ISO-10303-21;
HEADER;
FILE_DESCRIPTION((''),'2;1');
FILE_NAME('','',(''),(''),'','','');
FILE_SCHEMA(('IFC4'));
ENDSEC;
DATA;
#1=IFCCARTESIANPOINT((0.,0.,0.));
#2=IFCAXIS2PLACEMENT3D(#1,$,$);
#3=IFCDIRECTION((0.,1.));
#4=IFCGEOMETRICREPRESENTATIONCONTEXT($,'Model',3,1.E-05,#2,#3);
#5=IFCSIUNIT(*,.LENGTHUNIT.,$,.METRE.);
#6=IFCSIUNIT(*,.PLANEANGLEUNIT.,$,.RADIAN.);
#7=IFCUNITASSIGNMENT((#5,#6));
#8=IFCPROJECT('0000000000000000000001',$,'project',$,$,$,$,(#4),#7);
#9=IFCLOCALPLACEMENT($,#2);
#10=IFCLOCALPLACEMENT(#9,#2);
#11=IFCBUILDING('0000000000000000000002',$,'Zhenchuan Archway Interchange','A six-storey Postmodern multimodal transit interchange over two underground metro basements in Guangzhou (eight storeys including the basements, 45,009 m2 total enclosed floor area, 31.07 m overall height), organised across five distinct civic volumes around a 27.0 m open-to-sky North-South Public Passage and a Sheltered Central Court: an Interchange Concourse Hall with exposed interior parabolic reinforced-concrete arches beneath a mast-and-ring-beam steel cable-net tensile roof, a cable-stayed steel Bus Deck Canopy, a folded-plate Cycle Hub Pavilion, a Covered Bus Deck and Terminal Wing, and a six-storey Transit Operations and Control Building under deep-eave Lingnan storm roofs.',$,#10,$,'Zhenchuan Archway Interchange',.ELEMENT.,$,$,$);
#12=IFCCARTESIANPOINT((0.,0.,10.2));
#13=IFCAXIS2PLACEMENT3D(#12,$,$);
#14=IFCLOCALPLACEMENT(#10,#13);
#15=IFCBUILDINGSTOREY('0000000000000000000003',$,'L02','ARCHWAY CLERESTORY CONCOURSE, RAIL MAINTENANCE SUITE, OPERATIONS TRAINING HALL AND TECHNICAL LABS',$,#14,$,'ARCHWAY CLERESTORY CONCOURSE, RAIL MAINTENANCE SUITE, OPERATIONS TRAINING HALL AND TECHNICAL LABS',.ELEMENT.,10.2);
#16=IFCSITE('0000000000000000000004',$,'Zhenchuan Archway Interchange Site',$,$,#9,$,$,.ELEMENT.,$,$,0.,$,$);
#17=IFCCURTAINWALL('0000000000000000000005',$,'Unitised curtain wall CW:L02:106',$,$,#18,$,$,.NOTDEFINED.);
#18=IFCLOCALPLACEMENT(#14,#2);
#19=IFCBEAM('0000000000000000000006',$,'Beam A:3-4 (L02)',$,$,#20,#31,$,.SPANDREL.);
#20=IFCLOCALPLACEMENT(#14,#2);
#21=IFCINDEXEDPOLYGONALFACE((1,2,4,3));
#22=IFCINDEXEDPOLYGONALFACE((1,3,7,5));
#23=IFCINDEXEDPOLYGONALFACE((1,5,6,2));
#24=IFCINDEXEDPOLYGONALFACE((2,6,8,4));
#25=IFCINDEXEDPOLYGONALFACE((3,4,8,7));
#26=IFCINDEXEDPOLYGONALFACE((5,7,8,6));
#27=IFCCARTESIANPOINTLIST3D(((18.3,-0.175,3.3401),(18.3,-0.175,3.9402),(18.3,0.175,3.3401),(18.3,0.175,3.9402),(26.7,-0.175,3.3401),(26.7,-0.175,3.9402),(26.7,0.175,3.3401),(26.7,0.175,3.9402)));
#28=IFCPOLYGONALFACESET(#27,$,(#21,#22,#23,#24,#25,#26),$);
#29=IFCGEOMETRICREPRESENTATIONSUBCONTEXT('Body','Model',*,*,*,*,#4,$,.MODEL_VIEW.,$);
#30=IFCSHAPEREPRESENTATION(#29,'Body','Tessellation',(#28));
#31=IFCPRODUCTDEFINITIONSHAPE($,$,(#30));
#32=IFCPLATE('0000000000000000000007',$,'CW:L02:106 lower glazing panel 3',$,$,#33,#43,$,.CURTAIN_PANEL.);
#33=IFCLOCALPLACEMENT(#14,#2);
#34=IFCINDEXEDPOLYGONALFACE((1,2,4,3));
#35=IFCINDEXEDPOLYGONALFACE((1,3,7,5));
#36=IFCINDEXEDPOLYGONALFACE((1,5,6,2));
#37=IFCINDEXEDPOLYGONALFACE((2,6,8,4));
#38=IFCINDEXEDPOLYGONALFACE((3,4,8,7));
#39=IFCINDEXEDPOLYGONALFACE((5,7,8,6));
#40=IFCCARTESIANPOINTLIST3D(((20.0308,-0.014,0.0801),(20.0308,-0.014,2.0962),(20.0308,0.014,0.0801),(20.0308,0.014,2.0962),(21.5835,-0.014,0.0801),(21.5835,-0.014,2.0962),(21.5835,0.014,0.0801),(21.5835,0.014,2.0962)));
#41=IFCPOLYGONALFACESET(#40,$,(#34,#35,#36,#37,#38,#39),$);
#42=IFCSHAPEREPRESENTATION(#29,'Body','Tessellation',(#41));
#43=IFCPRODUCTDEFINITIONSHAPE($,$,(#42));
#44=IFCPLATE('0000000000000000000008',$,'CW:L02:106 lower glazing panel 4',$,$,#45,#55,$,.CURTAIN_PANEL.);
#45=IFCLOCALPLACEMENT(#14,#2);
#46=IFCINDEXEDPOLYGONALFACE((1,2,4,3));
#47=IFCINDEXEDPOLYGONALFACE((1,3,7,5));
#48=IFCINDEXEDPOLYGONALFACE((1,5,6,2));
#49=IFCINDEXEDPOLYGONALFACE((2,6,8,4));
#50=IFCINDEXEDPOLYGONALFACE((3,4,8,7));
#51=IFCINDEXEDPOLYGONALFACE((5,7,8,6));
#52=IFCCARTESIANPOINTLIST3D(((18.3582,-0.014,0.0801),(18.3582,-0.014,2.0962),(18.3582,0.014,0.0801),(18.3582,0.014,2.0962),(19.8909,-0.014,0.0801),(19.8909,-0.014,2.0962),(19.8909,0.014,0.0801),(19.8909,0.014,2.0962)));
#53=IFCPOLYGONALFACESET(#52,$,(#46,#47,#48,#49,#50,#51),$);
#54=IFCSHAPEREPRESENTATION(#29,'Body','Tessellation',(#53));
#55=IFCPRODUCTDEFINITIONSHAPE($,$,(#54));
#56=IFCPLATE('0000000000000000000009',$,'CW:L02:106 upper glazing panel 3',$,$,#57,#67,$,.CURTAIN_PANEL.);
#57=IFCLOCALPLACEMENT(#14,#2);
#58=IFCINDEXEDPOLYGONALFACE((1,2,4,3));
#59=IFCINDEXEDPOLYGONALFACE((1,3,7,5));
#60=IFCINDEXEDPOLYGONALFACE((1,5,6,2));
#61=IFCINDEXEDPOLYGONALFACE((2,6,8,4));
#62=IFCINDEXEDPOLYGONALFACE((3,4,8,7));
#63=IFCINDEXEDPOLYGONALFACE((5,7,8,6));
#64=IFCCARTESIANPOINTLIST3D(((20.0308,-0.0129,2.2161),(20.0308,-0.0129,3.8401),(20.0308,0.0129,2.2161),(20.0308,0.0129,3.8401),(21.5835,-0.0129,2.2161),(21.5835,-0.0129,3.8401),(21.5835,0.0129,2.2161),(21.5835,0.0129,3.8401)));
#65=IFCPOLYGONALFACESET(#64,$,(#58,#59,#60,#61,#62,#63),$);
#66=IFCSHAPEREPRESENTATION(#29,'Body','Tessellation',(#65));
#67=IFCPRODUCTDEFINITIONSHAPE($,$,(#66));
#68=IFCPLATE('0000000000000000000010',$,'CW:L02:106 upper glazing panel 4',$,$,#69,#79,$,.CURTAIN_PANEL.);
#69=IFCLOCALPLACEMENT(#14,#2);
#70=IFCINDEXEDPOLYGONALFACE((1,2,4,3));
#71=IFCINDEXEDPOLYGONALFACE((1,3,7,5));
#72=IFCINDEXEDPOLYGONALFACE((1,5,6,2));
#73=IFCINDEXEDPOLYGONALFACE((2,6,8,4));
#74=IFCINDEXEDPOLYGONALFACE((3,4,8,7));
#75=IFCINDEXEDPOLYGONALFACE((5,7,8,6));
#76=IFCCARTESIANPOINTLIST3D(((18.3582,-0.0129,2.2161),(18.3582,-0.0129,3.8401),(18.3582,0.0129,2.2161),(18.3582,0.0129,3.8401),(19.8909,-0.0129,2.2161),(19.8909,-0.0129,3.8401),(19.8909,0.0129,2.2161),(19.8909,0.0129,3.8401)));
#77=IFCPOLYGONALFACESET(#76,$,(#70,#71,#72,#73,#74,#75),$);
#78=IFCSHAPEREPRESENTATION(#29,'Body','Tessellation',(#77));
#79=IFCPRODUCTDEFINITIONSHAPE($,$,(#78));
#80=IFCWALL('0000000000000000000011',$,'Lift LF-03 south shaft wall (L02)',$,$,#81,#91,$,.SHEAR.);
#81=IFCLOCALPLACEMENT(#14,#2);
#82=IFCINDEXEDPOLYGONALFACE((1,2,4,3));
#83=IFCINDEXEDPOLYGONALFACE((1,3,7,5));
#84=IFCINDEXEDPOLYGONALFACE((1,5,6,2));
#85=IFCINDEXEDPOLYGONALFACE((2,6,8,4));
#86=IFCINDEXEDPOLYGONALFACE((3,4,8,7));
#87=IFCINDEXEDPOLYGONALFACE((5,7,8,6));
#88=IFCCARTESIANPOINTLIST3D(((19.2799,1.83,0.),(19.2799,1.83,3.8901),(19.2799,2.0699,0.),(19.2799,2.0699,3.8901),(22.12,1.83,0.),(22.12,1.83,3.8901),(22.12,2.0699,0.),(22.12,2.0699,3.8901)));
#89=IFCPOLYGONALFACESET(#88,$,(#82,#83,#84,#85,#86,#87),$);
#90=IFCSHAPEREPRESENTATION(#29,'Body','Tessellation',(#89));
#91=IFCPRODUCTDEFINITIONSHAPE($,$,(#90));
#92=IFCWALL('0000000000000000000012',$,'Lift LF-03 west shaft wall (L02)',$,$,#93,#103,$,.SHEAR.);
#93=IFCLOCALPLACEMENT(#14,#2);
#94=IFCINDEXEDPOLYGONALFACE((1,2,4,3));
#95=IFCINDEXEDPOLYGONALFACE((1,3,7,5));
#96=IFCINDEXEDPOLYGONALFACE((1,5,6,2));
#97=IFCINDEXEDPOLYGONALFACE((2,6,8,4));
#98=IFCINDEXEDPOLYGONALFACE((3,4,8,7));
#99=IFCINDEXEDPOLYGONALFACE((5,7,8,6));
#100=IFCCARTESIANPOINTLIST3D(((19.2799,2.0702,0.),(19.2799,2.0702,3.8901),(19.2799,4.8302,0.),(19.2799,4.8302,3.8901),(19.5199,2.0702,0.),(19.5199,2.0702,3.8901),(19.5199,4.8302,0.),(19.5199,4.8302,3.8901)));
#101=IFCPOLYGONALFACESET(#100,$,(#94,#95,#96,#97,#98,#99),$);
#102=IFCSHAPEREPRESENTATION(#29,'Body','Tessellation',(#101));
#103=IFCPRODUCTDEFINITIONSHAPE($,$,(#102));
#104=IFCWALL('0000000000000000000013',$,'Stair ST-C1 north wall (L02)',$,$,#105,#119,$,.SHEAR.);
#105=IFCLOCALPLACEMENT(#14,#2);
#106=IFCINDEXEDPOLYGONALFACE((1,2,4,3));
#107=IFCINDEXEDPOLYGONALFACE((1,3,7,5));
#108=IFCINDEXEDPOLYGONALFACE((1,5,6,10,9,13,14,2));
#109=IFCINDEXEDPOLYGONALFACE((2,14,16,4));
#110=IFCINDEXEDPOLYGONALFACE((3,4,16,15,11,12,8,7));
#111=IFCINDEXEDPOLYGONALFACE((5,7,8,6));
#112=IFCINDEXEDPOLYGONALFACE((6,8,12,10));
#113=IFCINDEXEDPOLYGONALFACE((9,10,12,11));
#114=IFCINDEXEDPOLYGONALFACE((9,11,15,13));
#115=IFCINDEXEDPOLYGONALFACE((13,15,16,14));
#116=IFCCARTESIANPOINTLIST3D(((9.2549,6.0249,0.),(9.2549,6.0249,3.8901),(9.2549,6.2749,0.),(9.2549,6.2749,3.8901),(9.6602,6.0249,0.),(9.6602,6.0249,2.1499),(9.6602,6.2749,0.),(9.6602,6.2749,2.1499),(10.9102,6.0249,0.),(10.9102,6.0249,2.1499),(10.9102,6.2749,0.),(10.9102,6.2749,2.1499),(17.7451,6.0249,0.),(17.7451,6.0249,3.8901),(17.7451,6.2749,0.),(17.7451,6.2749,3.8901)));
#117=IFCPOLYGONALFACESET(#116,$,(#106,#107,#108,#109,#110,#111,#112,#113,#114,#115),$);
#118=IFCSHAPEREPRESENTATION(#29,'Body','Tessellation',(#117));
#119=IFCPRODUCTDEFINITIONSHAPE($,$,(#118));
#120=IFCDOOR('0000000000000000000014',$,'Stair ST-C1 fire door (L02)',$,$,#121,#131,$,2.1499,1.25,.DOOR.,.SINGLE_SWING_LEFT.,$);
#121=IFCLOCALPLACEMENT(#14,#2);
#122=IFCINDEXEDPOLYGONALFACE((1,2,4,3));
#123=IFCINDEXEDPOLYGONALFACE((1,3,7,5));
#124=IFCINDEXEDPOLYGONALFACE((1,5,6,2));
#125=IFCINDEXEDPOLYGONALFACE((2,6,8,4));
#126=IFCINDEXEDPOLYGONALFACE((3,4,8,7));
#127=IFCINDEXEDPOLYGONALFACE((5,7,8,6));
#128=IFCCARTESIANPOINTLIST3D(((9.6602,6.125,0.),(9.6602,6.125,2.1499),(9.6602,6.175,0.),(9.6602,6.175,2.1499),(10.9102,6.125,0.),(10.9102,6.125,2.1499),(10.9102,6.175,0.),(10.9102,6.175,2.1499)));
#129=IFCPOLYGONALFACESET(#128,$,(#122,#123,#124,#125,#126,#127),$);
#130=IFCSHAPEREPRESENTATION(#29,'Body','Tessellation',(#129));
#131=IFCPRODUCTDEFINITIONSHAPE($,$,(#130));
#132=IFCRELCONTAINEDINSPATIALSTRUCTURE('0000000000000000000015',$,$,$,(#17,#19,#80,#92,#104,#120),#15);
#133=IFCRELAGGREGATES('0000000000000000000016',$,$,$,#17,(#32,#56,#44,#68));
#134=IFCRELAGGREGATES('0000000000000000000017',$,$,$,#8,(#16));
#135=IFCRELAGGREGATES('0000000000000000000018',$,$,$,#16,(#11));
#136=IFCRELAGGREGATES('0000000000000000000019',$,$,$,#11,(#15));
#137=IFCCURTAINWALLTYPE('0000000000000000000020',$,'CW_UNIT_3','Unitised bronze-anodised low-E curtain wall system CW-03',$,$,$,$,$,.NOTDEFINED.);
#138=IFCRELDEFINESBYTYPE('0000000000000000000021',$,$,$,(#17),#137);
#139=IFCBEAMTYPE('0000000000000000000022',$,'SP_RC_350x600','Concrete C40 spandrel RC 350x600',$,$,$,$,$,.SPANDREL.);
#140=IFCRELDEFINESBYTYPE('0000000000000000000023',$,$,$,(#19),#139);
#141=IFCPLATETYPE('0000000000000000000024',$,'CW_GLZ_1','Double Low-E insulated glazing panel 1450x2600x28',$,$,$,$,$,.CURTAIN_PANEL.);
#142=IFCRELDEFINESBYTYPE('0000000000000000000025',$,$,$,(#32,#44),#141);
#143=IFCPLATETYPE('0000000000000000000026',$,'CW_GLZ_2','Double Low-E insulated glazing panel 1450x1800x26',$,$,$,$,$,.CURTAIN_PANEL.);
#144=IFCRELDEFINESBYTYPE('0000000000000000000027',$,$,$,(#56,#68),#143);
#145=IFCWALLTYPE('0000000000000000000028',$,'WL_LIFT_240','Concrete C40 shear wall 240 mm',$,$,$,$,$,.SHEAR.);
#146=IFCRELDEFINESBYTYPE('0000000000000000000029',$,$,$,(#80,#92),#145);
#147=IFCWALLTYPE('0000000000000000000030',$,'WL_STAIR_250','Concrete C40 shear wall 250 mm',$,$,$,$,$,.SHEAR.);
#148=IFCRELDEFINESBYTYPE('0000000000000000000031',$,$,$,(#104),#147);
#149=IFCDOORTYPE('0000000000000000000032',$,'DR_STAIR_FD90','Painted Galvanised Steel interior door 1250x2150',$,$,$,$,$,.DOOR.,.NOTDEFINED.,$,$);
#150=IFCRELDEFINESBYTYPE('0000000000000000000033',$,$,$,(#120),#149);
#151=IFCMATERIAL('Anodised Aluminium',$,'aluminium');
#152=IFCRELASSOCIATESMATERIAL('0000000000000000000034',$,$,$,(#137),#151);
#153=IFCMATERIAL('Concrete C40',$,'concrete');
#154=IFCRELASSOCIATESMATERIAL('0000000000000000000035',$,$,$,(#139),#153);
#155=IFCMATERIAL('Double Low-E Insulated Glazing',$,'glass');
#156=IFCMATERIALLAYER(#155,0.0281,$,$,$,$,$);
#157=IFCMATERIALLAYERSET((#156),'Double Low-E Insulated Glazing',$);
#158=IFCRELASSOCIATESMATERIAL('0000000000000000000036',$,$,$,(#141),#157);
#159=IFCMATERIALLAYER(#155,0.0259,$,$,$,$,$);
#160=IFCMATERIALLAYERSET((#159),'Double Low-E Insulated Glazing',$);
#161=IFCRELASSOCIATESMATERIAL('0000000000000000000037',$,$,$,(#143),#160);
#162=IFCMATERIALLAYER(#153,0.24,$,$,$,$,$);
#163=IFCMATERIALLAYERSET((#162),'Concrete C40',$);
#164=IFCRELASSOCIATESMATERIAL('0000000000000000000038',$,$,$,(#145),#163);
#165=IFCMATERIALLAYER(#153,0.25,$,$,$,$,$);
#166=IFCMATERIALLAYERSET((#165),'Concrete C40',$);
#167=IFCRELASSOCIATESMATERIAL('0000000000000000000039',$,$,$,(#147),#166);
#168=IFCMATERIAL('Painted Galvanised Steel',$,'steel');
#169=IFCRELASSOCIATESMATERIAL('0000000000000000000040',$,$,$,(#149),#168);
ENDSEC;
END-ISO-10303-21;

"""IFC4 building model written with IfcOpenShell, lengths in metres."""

from ifc_helpers import new_model, si_unit, direction, frame, frame_2d, origin, origin_2d, place, context, subcontext, project, spatial, rectangle, extrude, material, layer, layer_set, material_profile, profile_set, type_object, element, fill, aggregate, save


model = new_model("IFC4")

# Units and contexts
model_context = context("Model", 3, precision=1e-05, world=origin(), true_north=direction((0.0, 1.0)))
body_context = subcontext(model_context, "Body", "Model", "MODEL_VIEW")
ifc_project = project(units=[si_unit("LENGTHUNIT", "METRE"), si_unit("PLANEANGLEUNIT", "RADIAN")], contexts=[model_context])

# Site, building, storey
site_placement = place(None, origin())
site = spatial("IfcSite", under=ifc_project, at=site_placement, Name="Zhenchuan Archway Interchange Site", CompositionType="ELEMENT", RefElevation=0.0)
building_placement = place(site_placement, origin())
building = spatial("IfcBuilding", under=site, at=building_placement, Name="Zhenchuan Archway Interchange", Description="A six-storey Postmodern multimodal transit interchange over two underground metro basements in Guangzhou (eight storeys including the basements, 45,009 m2 total enclosed floor area, 31.07 m overall height), organised across five distinct civic volumes around a 27.0 m open-to-sky North-South Public Passage and a Sheltered Central Court: an Interchange Concourse Hall with exposed interior parabolic reinforced-concrete arches beneath a mast-and-ring-beam steel cable-net tensile roof, a cable-stayed steel Bus Deck Canopy, a folded-plate Cycle Hub Pavilion, a Covered Bus Deck and Terminal Wing, and a six-storey Transit Operations and Control Building under deep-eave Lingnan storm roofs.", LongName="Zhenchuan Archway Interchange", CompositionType="ELEMENT")
storey_placement = place(building_placement, frame((0.0, 0.0, 10.2)))
storey = spatial("IfcBuildingStorey", under=building, at=storey_placement, Name="L02", Description="ARCHWAY CLERESTORY CONCOURSE, RAIL MAINTENANCE SUITE, OPERATIONS TRAINING HALL AND TECHNICAL LABS", LongName="ARCHWAY CLERESTORY CONCOURSE, RAIL MAINTENANCE SUITE, OPERATIONS TRAINING HALL AND TECHNICAL LABS", CompositionType="ELEMENT", Elevation=10.2)

# Shared definitions
ifc_material_1 = material(Name="Concrete C40", Category="concrete")

# Curtain wall
ifc_material_2 = material(Name="Anodised Aluminium", Category="aluminium")
curtain_wall_type_1 = type_object("IfcCurtainWallType", Name="CW_UNIT_3", Description="Unitised bronze-anodised low-E curtain wall system CW-03", PredefinedType="NOTDEFINED", material=ifc_material_2)
curtain_wall_1_placement = place(storey_placement, origin())
curtain_wall_1 = element("IfcCurtainWall", 1, at=curtain_wall_1_placement, inside=storey, type_object=curtain_wall_type_1, Name="Unitised curtain wall CW:L02:106", PredefinedType="NOTDEFINED")

# Beam
ifc_material_profile_1 = material_profile(ifc_material_1, rectangle(XDim=0.3501, YDim=0.6001, at=origin_2d()), Name="RC 350x600")
ifc_profile_set_1 = profile_set([ifc_material_profile_1], Name="Concrete C40")
beam_type_1 = type_object("IfcBeamType", Name="SP_RC_350x600", Description="Concrete C40 spandrel RC 350x600", PredefinedType="SPANDREL", material=ifc_profile_set_1)
beam_1_placement = place(storey_placement, frame((18.3, 0.0, 3.6401), z_axis=(1.0, 0.0, 0.0), x_axis=(0.0, 1.0, 0.0)))
element("IfcBeam", 2, at=beam_1_placement, inside=storey, type_object=beam_type_1, Name="Beam A:3-4 (L02)", PredefinedType="SPANDREL", context=body_context, shape_type="SweptSolid", body=[
    extrude(rectangle(XDim=0.3501, YDim=0.6001, at=origin_2d()), origin(), (0.0, 0.0, 1.0), 8.3999),
])

# Plates
ifc_material_3 = material(Name="Double Low-E Insulated Glazing", Category="glass")
ifc_layer_1 = layer(ifc_material_3, 0.0281)
ifc_layer_set_1 = layer_set([ifc_layer_1], Name="Double Low-E Insulated Glazing")
plate_type_1 = type_object("IfcPlateType", Name="CW_GLZ_1", Description="Double Low-E insulated glazing panel 1450x2600x28", PredefinedType="CURTAIN_PANEL", material=ifc_layer_set_1)
plate_1_placement = place(storey_placement, frame((20.8071, 0.0, 0.0801), z_axis=(0.0, 0.0, 1.0), x_axis=(-1.0, 0.0, 0.0)))
plate_1 = element("IfcPlate", 3, at=plate_1_placement, type_object=plate_type_1, Name="CW:L02:106 lower glazing panel 3", PredefinedType="CURTAIN_PANEL", context=body_context, shape_type="SweptSolid", body=[
    extrude(rectangle(XDim=1.5527, YDim=0.0281, at=origin_2d()), origin(), (0.0, 0.0, 1.0), 2.0161),
])
plate_2_placement = place(storey_placement, frame((19.1245, 0.0, 0.0801), z_axis=(0.0, 0.0, 1.0), x_axis=(-1.0, 0.0, 0.0)))
plate_2 = element("IfcPlate", 4, at=plate_2_placement, type_object=plate_type_1, Name="CW:L02:106 lower glazing panel 4", PredefinedType="CURTAIN_PANEL", context=body_context, shape_type="SweptSolid", body=[
    extrude(rectangle(XDim=1.5327, YDim=0.0281, at=origin_2d()), origin(), (0.0, 0.0, 1.0), 2.0161),
])
ifc_layer_2 = layer(ifc_material_3, 0.0259)
ifc_layer_set_2 = layer_set([ifc_layer_2], Name="Double Low-E Insulated Glazing")
plate_type_2 = type_object("IfcPlateType", Name="CW_GLZ_2", Description="Double Low-E insulated glazing panel 1450x1800x26", PredefinedType="CURTAIN_PANEL", material=ifc_layer_set_2)
plate_3_placement = place(storey_placement, frame((20.8071, 0.0, 2.2161), z_axis=(0.0, 0.0, 1.0), x_axis=(-1.0, 0.0, 0.0)))
plate_3 = element("IfcPlate", 5, at=plate_3_placement, type_object=plate_type_2, Name="CW:L02:106 upper glazing panel 3", PredefinedType="CURTAIN_PANEL", context=body_context, shape_type="SweptSolid", body=[
    extrude(rectangle(XDim=1.5527, YDim=0.0259, at=origin_2d()), origin(), (0.0, 0.0, 1.0), 1.624),
])
plate_4_placement = place(storey_placement, frame((19.1245, 0.0, 2.2161), z_axis=(0.0, 0.0, 1.0), x_axis=(-1.0, 0.0, 0.0)))
plate_4 = element("IfcPlate", 6, at=plate_4_placement, type_object=plate_type_2, Name="CW:L02:106 upper glazing panel 4", PredefinedType="CURTAIN_PANEL", context=body_context, shape_type="SweptSolid", body=[
    extrude(rectangle(XDim=1.5327, YDim=0.0259, at=origin_2d()), origin(), (0.0, 0.0, 1.0), 1.624),
])
aggregate(curtain_wall_1, [plate_1, plate_3, plate_2, plate_4])

# Walls
ifc_layer_3 = layer(ifc_material_1, 0.24)
ifc_layer_set_3 = layer_set([ifc_layer_3], Name="Concrete C40")
wall_type_1 = type_object("IfcWallType", Name="WL_LIFT_240", Description="Concrete C40 shear wall 240 mm", PredefinedType="SHEAR", material=ifc_layer_set_3)
wall_1_placement = place(storey_placement, frame((19.28, 1.95, 0.0), z_axis=(0.0, 0.0, 1.0), x_axis=(1.0, 0.0, 0.0)))
element("IfcWall", 7, at=wall_1_placement, inside=storey, type_object=wall_type_1, Name="Lift LF-03 south shaft wall (L02)", PredefinedType="SHEAR", context=body_context, shape_type="SweptSolid", body=[
    extrude(rectangle(XDim=2.8401, YDim=0.24, at=frame_2d((1.4199, 0.0))), origin(), (0.0, 0.0, 1.0), 3.8901),
])
wall_2_placement = place(storey_placement, frame((19.3999, 4.8301, 0.0), z_axis=(0.0, 0.0, 1.0), x_axis=(0.0, -1.0, 0.0)))
element("IfcWall", 8, at=wall_2_placement, inside=storey, type_object=wall_type_1, Name="Lift LF-03 west shaft wall (L02)", PredefinedType="SHEAR", context=body_context, shape_type="SweptSolid", body=[
    extrude(rectangle(XDim=2.76, YDim=0.24, at=frame_2d((1.3799, 0.0))), origin(), (0.0, 0.0, 1.0), 3.8901),
])

# Wall, opening, door
ifc_layer_4 = layer(ifc_material_1, 0.25)
ifc_layer_set_4 = layer_set([ifc_layer_4], Name="Concrete C40")
wall_type_2 = type_object("IfcWallType", Name="WL_STAIR_250", Description="Concrete C40 shear wall 250 mm", PredefinedType="SHEAR", material=ifc_layer_set_4)
wall_3_placement = place(storey_placement, frame((17.7451, 6.1499, 0.0), z_axis=(0.0, 0.0, 1.0), x_axis=(-1.0, 0.0, 0.0)))
wall_3 = element("IfcWall", 9, at=wall_3_placement, inside=storey, type_object=wall_type_2, Name="Stair ST-C1 north wall (L02)", PredefinedType="SHEAR", context=body_context, shape_type="SweptSolid", body=[
    extrude(rectangle(XDim=8.4902, YDim=0.25, at=frame_2d((4.2451, 0.0))), origin(), (0.0, 0.0, 1.0), 3.8901),
])
opening_placement = place(wall_3_placement, frame((6.835, 0.0, 0.0)))
opening = element("IfcOpeningElement", 10, at=opening_placement, cuts=wall_3, PredefinedType="OPENING", context=body_context, shape_type="SweptSolid", body=[
    extrude(rectangle(XDim=1.25, YDim=2.1499, at=frame_2d((0.625, 1.075))), frame((0.0, 0.137, 0.0), z_axis=(0.0, -1.0, 0.0), x_axis=(1.0, 0.0, 0.0)), (0.0, 0.0, 1.0), 0.2739),
])
ifc_material_4 = material(Name="Painted Galvanised Steel", Category="steel")
door_type = type_object("IfcDoorType", Name="DR_STAIR_FD90", Description="Painted Galvanised Steel interior door 1250x2150", OperationType="NOTDEFINED", PredefinedType="DOOR", material=ifc_material_4)
door_placement = place(opening_placement, origin())
door = element("IfcDoor", 11, at=door_placement, inside=storey, type_object=door_type, Name="Stair ST-C1 fire door (L02)", OperationType="SINGLE_SWING_LEFT", OverallHeight=2.1499, OverallWidth=1.25, PredefinedType="DOOR", context=body_context, shape_type="SweptSolid", body=[
    extrude(rectangle(XDim=1.25, YDim=2.1499, at=frame_2d((0.625, 1.075))), frame((0.0, 0.0249, 0.0), z_axis=(0.0, -1.0, 0.0), x_axis=(1.0, 0.0, 0.0)), (0.0, 0.0, 1.0), 0.05),
])
fill(opening, door)

save(model, "model.ifc")
